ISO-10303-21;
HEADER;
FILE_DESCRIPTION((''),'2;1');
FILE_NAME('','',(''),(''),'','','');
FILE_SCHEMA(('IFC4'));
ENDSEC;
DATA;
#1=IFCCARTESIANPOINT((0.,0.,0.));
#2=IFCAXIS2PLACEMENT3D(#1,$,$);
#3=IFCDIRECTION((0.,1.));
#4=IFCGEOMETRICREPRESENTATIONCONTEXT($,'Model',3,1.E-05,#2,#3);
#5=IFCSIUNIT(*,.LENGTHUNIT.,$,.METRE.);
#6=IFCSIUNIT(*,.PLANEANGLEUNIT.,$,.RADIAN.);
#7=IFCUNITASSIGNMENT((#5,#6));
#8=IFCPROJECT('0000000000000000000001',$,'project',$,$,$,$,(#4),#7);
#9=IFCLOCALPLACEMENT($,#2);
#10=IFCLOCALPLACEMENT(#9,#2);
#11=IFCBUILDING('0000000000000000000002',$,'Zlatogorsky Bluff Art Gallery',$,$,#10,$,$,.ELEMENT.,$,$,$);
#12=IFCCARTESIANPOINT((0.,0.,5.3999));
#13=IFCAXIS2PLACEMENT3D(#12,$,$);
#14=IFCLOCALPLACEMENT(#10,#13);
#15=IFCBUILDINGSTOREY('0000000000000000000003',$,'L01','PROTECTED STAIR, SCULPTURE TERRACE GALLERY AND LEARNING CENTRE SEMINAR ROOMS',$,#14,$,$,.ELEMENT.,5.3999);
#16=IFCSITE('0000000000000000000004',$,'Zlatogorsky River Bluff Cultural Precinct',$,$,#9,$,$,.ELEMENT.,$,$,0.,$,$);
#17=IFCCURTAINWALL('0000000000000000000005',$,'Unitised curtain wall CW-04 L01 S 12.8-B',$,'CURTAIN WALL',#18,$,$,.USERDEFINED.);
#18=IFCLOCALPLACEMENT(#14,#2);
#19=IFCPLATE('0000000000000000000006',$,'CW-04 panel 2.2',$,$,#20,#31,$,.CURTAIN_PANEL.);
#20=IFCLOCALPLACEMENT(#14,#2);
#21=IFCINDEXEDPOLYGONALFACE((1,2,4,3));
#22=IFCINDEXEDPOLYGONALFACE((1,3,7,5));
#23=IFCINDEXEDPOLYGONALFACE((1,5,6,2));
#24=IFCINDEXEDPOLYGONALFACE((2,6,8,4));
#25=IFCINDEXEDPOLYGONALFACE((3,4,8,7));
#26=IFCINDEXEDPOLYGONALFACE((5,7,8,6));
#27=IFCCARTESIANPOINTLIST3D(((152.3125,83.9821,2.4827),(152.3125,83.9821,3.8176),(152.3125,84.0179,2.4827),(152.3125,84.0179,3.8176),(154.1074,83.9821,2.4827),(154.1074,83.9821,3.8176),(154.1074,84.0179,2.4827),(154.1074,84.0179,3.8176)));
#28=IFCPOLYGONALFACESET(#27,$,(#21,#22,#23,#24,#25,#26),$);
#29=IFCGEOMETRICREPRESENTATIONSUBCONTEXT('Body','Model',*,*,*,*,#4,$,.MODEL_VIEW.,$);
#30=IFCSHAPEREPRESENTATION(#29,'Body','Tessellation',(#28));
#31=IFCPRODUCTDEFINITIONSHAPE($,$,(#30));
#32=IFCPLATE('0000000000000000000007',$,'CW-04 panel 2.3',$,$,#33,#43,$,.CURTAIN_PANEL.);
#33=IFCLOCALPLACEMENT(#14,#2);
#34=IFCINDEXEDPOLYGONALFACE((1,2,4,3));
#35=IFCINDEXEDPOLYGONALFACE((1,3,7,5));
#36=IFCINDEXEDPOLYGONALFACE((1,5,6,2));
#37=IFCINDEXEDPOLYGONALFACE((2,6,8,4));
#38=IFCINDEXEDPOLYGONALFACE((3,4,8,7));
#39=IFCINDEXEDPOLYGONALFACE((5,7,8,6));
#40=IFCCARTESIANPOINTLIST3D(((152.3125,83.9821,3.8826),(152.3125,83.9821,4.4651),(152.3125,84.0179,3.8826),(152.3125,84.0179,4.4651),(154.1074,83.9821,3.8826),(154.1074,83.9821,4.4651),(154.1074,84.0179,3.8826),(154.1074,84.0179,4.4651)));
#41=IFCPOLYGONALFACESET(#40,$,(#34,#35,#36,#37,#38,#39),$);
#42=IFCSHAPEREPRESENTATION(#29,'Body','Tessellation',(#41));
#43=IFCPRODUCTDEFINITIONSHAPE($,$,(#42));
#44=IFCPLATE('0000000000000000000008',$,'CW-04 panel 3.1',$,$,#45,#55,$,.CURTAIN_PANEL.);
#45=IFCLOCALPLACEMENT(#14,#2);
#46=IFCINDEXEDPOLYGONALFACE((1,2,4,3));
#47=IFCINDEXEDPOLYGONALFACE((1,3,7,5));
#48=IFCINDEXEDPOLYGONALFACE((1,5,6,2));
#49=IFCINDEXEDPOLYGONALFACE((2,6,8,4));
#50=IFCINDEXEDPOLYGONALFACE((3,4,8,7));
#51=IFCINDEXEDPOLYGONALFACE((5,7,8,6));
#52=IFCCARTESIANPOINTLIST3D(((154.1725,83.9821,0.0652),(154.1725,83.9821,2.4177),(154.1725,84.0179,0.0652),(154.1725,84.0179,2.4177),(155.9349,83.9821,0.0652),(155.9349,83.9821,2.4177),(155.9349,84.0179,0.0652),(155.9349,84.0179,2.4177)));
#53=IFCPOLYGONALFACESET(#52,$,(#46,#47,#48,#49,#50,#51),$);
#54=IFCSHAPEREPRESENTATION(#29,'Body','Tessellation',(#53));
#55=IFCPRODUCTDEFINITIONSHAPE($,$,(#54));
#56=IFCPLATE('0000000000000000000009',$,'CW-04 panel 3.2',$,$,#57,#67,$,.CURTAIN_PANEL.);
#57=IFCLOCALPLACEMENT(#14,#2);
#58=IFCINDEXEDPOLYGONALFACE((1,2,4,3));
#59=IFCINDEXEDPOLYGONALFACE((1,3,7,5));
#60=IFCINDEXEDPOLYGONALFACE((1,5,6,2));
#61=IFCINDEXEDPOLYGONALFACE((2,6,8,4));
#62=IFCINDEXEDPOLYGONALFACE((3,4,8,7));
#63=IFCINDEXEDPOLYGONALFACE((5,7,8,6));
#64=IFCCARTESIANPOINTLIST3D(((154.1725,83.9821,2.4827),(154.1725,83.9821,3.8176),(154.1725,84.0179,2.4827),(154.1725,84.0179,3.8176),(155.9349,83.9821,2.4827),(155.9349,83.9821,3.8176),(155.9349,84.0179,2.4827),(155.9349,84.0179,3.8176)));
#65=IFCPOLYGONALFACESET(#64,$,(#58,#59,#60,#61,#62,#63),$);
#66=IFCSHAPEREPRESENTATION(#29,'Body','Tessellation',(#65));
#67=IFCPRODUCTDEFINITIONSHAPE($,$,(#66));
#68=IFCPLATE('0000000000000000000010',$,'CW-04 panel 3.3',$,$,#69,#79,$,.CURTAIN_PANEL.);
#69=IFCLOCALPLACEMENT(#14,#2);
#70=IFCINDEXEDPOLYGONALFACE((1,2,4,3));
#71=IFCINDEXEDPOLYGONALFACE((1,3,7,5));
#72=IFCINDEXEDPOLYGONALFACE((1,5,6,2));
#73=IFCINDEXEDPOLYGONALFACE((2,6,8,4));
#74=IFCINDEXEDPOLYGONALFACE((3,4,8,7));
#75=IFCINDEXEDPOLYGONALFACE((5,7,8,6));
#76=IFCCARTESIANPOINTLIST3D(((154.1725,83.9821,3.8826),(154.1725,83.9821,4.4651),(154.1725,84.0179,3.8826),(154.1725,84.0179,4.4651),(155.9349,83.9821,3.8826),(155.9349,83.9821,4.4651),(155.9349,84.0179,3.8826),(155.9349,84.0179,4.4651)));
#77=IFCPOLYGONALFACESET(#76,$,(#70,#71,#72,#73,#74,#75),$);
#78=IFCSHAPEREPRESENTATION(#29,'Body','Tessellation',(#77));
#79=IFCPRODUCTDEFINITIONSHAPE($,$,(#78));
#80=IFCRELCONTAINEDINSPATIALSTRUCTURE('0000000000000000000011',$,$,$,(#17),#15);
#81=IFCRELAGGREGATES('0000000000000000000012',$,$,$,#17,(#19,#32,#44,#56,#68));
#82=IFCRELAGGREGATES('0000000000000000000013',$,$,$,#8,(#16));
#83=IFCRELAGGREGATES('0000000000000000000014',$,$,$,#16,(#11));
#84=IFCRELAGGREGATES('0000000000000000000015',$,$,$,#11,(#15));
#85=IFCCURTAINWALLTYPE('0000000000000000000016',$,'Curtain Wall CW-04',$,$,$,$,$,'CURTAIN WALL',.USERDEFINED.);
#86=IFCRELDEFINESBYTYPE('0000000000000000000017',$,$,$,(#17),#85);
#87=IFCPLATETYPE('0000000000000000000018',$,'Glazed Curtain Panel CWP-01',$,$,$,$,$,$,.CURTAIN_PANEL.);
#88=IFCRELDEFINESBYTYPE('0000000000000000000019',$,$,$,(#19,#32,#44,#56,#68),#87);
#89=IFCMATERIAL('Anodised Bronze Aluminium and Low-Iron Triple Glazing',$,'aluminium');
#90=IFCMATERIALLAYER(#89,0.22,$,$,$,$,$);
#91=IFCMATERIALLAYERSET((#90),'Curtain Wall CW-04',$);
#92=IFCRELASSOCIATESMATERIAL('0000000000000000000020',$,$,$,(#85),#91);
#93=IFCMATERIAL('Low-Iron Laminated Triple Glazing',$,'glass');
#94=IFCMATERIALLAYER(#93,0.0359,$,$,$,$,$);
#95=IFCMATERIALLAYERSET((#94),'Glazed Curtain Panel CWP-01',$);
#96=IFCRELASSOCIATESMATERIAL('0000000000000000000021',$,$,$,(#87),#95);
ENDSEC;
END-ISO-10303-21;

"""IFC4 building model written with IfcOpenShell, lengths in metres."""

from ifc_helpers import new_model, si_unit, direction, frame, origin, origin_2d, place, context, subcontext, project, spatial, rectangle, extrude, material, layer, layer_set, type_object, element, aggregate, save


model = new_model("IFC4")

# Units and contexts
model_context = context("Model", 3, precision=1e-05, world=origin(), true_north=direction((0.0, 1.0)))
body_context = subcontext(model_context, "Body", "Model", "MODEL_VIEW")
ifc_project = project(units=[si_unit("LENGTHUNIT", "METRE"), si_unit("PLANEANGLEUNIT", "RADIAN")], contexts=[model_context])

# Site, building, storey
site_placement = place(None, origin())
site = spatial("IfcSite", under=ifc_project, at=site_placement, Name="Zlatogorsky River Bluff Cultural Precinct", CompositionType="ELEMENT", RefElevation=0.0)
building_placement = place(site_placement, origin())
building = spatial("IfcBuilding", under=site, at=building_placement, Name="Zlatogorsky Bluff Art Gallery", CompositionType="ELEMENT")
storey_placement = place(building_placement, frame((0.0, 0.0, 5.3999)))
storey = spatial("IfcBuildingStorey", under=building, at=storey_placement, Name="L01", Description="PROTECTED STAIR, SCULPTURE TERRACE GALLERY AND LEARNING CENTRE SEMINAR ROOMS", CompositionType="ELEMENT", Elevation=5.3999)

# Curtain wall
ifc_material_1 = material(Name="Anodised Bronze Aluminium and Low-Iron Triple Glazing", Category="aluminium")
ifc_layer_1 = layer(ifc_material_1, 0.22)
ifc_layer_set_1 = layer_set([ifc_layer_1], Name="Curtain Wall CW-04")
curtain_wall_type_1 = type_object("IfcCurtainWallType", Name="Curtain Wall CW-04", ElementType="CURTAIN WALL", PredefinedType="USERDEFINED", material=ifc_layer_set_1)
curtain_wall_1_placement = place(storey_placement, origin())
curtain_wall_1 = element("IfcCurtainWall", 1, at=curtain_wall_1_placement, inside=storey, type_object=curtain_wall_type_1, Name="Unitised curtain wall CW-04 L01 S 12.8-B", ObjectType="CURTAIN WALL", PredefinedType="USERDEFINED")

# Plates
ifc_material_2 = material(Name="Low-Iron Laminated Triple Glazing", Category="glass")
ifc_layer_2 = layer(ifc_material_2, 0.0359)
ifc_layer_set_2 = layer_set([ifc_layer_2], Name="Glazed Curtain Panel CWP-01")
plate_type = type_object("IfcPlateType", Name="Glazed Curtain Panel CWP-01", PredefinedType="CURTAIN_PANEL", material=ifc_layer_set_2)
plate_1_placement = place(storey_placement, frame((153.21, 84.0, 2.4827), z_axis=(0.0, 0.0, 1.0), x_axis=(1.0, 0.0, 0.0)))
plate_1 = element("IfcPlate", 2, at=plate_1_placement, type_object=plate_type, Name="CW-04 panel 2.2", PredefinedType="CURTAIN_PANEL", context=body_context, shape_type="SweptSolid", body=[
    extrude(rectangle(XDim=1.7949, YDim=0.0359, at=origin_2d()), origin(), (0.0, 0.0, 1.0), 1.335),
])
plate_2_placement = place(storey_placement, frame((153.21, 84.0, 3.8826), z_axis=(0.0, 0.0, 1.0), x_axis=(1.0, 0.0, 0.0)))
plate_2 = element("IfcPlate", 3, at=plate_2_placement, type_object=plate_type, Name="CW-04 panel 2.3", PredefinedType="CURTAIN_PANEL", context=body_context, shape_type="SweptSolid", body=[
    extrude(rectangle(XDim=1.7949, YDim=0.0359, at=origin_2d()), origin(), (0.0, 0.0, 1.0), 0.5825),
])
plate_3_placement = place(storey_placement, frame((155.0537, 84.0, 0.0652), z_axis=(0.0, 0.0, 1.0), x_axis=(1.0, 0.0, 0.0)))
plate_3 = element("IfcPlate", 4, at=plate_3_placement, type_object=plate_type, Name="CW-04 panel 3.1", PredefinedType="CURTAIN_PANEL", context=body_context, shape_type="SweptSolid", body=[
    extrude(rectangle(XDim=1.7625, YDim=0.0359, at=origin_2d()), origin(), (0.0, 0.0, 1.0), 2.3525),
])
plate_4_placement = place(storey_placement, frame((155.0537, 84.0, 2.4827), z_axis=(0.0, 0.0, 1.0), x_axis=(1.0, 0.0, 0.0)))
plate_4 = element("IfcPlate", 5, at=plate_4_placement, type_object=plate_type, Name="CW-04 panel 3.2", PredefinedType="CURTAIN_PANEL", context=body_context, shape_type="SweptSolid", body=[
    extrude(rectangle(XDim=1.7625, YDim=0.0359, at=origin_2d()), origin(), (0.0, 0.0, 1.0), 1.335),
])
plate_5_placement = place(storey_placement, frame((155.0537, 84.0, 3.8826), z_axis=(0.0, 0.0, 1.0), x_axis=(1.0, 0.0, 0.0)))
plate_5 = element("IfcPlate", 6, at=plate_5_placement, type_object=plate_type, Name="CW-04 panel 3.3", PredefinedType="CURTAIN_PANEL", context=body_context, shape_type="SweptSolid", body=[
    extrude(rectangle(XDim=1.7625, YDim=0.0359, at=origin_2d()), origin(), (0.0, 0.0, 1.0), 0.5825),
])
aggregate(curtain_wall_1, [plate_1, plate_2, plate_3, plate_4, plate_5])

save(model, "model.ifc")
